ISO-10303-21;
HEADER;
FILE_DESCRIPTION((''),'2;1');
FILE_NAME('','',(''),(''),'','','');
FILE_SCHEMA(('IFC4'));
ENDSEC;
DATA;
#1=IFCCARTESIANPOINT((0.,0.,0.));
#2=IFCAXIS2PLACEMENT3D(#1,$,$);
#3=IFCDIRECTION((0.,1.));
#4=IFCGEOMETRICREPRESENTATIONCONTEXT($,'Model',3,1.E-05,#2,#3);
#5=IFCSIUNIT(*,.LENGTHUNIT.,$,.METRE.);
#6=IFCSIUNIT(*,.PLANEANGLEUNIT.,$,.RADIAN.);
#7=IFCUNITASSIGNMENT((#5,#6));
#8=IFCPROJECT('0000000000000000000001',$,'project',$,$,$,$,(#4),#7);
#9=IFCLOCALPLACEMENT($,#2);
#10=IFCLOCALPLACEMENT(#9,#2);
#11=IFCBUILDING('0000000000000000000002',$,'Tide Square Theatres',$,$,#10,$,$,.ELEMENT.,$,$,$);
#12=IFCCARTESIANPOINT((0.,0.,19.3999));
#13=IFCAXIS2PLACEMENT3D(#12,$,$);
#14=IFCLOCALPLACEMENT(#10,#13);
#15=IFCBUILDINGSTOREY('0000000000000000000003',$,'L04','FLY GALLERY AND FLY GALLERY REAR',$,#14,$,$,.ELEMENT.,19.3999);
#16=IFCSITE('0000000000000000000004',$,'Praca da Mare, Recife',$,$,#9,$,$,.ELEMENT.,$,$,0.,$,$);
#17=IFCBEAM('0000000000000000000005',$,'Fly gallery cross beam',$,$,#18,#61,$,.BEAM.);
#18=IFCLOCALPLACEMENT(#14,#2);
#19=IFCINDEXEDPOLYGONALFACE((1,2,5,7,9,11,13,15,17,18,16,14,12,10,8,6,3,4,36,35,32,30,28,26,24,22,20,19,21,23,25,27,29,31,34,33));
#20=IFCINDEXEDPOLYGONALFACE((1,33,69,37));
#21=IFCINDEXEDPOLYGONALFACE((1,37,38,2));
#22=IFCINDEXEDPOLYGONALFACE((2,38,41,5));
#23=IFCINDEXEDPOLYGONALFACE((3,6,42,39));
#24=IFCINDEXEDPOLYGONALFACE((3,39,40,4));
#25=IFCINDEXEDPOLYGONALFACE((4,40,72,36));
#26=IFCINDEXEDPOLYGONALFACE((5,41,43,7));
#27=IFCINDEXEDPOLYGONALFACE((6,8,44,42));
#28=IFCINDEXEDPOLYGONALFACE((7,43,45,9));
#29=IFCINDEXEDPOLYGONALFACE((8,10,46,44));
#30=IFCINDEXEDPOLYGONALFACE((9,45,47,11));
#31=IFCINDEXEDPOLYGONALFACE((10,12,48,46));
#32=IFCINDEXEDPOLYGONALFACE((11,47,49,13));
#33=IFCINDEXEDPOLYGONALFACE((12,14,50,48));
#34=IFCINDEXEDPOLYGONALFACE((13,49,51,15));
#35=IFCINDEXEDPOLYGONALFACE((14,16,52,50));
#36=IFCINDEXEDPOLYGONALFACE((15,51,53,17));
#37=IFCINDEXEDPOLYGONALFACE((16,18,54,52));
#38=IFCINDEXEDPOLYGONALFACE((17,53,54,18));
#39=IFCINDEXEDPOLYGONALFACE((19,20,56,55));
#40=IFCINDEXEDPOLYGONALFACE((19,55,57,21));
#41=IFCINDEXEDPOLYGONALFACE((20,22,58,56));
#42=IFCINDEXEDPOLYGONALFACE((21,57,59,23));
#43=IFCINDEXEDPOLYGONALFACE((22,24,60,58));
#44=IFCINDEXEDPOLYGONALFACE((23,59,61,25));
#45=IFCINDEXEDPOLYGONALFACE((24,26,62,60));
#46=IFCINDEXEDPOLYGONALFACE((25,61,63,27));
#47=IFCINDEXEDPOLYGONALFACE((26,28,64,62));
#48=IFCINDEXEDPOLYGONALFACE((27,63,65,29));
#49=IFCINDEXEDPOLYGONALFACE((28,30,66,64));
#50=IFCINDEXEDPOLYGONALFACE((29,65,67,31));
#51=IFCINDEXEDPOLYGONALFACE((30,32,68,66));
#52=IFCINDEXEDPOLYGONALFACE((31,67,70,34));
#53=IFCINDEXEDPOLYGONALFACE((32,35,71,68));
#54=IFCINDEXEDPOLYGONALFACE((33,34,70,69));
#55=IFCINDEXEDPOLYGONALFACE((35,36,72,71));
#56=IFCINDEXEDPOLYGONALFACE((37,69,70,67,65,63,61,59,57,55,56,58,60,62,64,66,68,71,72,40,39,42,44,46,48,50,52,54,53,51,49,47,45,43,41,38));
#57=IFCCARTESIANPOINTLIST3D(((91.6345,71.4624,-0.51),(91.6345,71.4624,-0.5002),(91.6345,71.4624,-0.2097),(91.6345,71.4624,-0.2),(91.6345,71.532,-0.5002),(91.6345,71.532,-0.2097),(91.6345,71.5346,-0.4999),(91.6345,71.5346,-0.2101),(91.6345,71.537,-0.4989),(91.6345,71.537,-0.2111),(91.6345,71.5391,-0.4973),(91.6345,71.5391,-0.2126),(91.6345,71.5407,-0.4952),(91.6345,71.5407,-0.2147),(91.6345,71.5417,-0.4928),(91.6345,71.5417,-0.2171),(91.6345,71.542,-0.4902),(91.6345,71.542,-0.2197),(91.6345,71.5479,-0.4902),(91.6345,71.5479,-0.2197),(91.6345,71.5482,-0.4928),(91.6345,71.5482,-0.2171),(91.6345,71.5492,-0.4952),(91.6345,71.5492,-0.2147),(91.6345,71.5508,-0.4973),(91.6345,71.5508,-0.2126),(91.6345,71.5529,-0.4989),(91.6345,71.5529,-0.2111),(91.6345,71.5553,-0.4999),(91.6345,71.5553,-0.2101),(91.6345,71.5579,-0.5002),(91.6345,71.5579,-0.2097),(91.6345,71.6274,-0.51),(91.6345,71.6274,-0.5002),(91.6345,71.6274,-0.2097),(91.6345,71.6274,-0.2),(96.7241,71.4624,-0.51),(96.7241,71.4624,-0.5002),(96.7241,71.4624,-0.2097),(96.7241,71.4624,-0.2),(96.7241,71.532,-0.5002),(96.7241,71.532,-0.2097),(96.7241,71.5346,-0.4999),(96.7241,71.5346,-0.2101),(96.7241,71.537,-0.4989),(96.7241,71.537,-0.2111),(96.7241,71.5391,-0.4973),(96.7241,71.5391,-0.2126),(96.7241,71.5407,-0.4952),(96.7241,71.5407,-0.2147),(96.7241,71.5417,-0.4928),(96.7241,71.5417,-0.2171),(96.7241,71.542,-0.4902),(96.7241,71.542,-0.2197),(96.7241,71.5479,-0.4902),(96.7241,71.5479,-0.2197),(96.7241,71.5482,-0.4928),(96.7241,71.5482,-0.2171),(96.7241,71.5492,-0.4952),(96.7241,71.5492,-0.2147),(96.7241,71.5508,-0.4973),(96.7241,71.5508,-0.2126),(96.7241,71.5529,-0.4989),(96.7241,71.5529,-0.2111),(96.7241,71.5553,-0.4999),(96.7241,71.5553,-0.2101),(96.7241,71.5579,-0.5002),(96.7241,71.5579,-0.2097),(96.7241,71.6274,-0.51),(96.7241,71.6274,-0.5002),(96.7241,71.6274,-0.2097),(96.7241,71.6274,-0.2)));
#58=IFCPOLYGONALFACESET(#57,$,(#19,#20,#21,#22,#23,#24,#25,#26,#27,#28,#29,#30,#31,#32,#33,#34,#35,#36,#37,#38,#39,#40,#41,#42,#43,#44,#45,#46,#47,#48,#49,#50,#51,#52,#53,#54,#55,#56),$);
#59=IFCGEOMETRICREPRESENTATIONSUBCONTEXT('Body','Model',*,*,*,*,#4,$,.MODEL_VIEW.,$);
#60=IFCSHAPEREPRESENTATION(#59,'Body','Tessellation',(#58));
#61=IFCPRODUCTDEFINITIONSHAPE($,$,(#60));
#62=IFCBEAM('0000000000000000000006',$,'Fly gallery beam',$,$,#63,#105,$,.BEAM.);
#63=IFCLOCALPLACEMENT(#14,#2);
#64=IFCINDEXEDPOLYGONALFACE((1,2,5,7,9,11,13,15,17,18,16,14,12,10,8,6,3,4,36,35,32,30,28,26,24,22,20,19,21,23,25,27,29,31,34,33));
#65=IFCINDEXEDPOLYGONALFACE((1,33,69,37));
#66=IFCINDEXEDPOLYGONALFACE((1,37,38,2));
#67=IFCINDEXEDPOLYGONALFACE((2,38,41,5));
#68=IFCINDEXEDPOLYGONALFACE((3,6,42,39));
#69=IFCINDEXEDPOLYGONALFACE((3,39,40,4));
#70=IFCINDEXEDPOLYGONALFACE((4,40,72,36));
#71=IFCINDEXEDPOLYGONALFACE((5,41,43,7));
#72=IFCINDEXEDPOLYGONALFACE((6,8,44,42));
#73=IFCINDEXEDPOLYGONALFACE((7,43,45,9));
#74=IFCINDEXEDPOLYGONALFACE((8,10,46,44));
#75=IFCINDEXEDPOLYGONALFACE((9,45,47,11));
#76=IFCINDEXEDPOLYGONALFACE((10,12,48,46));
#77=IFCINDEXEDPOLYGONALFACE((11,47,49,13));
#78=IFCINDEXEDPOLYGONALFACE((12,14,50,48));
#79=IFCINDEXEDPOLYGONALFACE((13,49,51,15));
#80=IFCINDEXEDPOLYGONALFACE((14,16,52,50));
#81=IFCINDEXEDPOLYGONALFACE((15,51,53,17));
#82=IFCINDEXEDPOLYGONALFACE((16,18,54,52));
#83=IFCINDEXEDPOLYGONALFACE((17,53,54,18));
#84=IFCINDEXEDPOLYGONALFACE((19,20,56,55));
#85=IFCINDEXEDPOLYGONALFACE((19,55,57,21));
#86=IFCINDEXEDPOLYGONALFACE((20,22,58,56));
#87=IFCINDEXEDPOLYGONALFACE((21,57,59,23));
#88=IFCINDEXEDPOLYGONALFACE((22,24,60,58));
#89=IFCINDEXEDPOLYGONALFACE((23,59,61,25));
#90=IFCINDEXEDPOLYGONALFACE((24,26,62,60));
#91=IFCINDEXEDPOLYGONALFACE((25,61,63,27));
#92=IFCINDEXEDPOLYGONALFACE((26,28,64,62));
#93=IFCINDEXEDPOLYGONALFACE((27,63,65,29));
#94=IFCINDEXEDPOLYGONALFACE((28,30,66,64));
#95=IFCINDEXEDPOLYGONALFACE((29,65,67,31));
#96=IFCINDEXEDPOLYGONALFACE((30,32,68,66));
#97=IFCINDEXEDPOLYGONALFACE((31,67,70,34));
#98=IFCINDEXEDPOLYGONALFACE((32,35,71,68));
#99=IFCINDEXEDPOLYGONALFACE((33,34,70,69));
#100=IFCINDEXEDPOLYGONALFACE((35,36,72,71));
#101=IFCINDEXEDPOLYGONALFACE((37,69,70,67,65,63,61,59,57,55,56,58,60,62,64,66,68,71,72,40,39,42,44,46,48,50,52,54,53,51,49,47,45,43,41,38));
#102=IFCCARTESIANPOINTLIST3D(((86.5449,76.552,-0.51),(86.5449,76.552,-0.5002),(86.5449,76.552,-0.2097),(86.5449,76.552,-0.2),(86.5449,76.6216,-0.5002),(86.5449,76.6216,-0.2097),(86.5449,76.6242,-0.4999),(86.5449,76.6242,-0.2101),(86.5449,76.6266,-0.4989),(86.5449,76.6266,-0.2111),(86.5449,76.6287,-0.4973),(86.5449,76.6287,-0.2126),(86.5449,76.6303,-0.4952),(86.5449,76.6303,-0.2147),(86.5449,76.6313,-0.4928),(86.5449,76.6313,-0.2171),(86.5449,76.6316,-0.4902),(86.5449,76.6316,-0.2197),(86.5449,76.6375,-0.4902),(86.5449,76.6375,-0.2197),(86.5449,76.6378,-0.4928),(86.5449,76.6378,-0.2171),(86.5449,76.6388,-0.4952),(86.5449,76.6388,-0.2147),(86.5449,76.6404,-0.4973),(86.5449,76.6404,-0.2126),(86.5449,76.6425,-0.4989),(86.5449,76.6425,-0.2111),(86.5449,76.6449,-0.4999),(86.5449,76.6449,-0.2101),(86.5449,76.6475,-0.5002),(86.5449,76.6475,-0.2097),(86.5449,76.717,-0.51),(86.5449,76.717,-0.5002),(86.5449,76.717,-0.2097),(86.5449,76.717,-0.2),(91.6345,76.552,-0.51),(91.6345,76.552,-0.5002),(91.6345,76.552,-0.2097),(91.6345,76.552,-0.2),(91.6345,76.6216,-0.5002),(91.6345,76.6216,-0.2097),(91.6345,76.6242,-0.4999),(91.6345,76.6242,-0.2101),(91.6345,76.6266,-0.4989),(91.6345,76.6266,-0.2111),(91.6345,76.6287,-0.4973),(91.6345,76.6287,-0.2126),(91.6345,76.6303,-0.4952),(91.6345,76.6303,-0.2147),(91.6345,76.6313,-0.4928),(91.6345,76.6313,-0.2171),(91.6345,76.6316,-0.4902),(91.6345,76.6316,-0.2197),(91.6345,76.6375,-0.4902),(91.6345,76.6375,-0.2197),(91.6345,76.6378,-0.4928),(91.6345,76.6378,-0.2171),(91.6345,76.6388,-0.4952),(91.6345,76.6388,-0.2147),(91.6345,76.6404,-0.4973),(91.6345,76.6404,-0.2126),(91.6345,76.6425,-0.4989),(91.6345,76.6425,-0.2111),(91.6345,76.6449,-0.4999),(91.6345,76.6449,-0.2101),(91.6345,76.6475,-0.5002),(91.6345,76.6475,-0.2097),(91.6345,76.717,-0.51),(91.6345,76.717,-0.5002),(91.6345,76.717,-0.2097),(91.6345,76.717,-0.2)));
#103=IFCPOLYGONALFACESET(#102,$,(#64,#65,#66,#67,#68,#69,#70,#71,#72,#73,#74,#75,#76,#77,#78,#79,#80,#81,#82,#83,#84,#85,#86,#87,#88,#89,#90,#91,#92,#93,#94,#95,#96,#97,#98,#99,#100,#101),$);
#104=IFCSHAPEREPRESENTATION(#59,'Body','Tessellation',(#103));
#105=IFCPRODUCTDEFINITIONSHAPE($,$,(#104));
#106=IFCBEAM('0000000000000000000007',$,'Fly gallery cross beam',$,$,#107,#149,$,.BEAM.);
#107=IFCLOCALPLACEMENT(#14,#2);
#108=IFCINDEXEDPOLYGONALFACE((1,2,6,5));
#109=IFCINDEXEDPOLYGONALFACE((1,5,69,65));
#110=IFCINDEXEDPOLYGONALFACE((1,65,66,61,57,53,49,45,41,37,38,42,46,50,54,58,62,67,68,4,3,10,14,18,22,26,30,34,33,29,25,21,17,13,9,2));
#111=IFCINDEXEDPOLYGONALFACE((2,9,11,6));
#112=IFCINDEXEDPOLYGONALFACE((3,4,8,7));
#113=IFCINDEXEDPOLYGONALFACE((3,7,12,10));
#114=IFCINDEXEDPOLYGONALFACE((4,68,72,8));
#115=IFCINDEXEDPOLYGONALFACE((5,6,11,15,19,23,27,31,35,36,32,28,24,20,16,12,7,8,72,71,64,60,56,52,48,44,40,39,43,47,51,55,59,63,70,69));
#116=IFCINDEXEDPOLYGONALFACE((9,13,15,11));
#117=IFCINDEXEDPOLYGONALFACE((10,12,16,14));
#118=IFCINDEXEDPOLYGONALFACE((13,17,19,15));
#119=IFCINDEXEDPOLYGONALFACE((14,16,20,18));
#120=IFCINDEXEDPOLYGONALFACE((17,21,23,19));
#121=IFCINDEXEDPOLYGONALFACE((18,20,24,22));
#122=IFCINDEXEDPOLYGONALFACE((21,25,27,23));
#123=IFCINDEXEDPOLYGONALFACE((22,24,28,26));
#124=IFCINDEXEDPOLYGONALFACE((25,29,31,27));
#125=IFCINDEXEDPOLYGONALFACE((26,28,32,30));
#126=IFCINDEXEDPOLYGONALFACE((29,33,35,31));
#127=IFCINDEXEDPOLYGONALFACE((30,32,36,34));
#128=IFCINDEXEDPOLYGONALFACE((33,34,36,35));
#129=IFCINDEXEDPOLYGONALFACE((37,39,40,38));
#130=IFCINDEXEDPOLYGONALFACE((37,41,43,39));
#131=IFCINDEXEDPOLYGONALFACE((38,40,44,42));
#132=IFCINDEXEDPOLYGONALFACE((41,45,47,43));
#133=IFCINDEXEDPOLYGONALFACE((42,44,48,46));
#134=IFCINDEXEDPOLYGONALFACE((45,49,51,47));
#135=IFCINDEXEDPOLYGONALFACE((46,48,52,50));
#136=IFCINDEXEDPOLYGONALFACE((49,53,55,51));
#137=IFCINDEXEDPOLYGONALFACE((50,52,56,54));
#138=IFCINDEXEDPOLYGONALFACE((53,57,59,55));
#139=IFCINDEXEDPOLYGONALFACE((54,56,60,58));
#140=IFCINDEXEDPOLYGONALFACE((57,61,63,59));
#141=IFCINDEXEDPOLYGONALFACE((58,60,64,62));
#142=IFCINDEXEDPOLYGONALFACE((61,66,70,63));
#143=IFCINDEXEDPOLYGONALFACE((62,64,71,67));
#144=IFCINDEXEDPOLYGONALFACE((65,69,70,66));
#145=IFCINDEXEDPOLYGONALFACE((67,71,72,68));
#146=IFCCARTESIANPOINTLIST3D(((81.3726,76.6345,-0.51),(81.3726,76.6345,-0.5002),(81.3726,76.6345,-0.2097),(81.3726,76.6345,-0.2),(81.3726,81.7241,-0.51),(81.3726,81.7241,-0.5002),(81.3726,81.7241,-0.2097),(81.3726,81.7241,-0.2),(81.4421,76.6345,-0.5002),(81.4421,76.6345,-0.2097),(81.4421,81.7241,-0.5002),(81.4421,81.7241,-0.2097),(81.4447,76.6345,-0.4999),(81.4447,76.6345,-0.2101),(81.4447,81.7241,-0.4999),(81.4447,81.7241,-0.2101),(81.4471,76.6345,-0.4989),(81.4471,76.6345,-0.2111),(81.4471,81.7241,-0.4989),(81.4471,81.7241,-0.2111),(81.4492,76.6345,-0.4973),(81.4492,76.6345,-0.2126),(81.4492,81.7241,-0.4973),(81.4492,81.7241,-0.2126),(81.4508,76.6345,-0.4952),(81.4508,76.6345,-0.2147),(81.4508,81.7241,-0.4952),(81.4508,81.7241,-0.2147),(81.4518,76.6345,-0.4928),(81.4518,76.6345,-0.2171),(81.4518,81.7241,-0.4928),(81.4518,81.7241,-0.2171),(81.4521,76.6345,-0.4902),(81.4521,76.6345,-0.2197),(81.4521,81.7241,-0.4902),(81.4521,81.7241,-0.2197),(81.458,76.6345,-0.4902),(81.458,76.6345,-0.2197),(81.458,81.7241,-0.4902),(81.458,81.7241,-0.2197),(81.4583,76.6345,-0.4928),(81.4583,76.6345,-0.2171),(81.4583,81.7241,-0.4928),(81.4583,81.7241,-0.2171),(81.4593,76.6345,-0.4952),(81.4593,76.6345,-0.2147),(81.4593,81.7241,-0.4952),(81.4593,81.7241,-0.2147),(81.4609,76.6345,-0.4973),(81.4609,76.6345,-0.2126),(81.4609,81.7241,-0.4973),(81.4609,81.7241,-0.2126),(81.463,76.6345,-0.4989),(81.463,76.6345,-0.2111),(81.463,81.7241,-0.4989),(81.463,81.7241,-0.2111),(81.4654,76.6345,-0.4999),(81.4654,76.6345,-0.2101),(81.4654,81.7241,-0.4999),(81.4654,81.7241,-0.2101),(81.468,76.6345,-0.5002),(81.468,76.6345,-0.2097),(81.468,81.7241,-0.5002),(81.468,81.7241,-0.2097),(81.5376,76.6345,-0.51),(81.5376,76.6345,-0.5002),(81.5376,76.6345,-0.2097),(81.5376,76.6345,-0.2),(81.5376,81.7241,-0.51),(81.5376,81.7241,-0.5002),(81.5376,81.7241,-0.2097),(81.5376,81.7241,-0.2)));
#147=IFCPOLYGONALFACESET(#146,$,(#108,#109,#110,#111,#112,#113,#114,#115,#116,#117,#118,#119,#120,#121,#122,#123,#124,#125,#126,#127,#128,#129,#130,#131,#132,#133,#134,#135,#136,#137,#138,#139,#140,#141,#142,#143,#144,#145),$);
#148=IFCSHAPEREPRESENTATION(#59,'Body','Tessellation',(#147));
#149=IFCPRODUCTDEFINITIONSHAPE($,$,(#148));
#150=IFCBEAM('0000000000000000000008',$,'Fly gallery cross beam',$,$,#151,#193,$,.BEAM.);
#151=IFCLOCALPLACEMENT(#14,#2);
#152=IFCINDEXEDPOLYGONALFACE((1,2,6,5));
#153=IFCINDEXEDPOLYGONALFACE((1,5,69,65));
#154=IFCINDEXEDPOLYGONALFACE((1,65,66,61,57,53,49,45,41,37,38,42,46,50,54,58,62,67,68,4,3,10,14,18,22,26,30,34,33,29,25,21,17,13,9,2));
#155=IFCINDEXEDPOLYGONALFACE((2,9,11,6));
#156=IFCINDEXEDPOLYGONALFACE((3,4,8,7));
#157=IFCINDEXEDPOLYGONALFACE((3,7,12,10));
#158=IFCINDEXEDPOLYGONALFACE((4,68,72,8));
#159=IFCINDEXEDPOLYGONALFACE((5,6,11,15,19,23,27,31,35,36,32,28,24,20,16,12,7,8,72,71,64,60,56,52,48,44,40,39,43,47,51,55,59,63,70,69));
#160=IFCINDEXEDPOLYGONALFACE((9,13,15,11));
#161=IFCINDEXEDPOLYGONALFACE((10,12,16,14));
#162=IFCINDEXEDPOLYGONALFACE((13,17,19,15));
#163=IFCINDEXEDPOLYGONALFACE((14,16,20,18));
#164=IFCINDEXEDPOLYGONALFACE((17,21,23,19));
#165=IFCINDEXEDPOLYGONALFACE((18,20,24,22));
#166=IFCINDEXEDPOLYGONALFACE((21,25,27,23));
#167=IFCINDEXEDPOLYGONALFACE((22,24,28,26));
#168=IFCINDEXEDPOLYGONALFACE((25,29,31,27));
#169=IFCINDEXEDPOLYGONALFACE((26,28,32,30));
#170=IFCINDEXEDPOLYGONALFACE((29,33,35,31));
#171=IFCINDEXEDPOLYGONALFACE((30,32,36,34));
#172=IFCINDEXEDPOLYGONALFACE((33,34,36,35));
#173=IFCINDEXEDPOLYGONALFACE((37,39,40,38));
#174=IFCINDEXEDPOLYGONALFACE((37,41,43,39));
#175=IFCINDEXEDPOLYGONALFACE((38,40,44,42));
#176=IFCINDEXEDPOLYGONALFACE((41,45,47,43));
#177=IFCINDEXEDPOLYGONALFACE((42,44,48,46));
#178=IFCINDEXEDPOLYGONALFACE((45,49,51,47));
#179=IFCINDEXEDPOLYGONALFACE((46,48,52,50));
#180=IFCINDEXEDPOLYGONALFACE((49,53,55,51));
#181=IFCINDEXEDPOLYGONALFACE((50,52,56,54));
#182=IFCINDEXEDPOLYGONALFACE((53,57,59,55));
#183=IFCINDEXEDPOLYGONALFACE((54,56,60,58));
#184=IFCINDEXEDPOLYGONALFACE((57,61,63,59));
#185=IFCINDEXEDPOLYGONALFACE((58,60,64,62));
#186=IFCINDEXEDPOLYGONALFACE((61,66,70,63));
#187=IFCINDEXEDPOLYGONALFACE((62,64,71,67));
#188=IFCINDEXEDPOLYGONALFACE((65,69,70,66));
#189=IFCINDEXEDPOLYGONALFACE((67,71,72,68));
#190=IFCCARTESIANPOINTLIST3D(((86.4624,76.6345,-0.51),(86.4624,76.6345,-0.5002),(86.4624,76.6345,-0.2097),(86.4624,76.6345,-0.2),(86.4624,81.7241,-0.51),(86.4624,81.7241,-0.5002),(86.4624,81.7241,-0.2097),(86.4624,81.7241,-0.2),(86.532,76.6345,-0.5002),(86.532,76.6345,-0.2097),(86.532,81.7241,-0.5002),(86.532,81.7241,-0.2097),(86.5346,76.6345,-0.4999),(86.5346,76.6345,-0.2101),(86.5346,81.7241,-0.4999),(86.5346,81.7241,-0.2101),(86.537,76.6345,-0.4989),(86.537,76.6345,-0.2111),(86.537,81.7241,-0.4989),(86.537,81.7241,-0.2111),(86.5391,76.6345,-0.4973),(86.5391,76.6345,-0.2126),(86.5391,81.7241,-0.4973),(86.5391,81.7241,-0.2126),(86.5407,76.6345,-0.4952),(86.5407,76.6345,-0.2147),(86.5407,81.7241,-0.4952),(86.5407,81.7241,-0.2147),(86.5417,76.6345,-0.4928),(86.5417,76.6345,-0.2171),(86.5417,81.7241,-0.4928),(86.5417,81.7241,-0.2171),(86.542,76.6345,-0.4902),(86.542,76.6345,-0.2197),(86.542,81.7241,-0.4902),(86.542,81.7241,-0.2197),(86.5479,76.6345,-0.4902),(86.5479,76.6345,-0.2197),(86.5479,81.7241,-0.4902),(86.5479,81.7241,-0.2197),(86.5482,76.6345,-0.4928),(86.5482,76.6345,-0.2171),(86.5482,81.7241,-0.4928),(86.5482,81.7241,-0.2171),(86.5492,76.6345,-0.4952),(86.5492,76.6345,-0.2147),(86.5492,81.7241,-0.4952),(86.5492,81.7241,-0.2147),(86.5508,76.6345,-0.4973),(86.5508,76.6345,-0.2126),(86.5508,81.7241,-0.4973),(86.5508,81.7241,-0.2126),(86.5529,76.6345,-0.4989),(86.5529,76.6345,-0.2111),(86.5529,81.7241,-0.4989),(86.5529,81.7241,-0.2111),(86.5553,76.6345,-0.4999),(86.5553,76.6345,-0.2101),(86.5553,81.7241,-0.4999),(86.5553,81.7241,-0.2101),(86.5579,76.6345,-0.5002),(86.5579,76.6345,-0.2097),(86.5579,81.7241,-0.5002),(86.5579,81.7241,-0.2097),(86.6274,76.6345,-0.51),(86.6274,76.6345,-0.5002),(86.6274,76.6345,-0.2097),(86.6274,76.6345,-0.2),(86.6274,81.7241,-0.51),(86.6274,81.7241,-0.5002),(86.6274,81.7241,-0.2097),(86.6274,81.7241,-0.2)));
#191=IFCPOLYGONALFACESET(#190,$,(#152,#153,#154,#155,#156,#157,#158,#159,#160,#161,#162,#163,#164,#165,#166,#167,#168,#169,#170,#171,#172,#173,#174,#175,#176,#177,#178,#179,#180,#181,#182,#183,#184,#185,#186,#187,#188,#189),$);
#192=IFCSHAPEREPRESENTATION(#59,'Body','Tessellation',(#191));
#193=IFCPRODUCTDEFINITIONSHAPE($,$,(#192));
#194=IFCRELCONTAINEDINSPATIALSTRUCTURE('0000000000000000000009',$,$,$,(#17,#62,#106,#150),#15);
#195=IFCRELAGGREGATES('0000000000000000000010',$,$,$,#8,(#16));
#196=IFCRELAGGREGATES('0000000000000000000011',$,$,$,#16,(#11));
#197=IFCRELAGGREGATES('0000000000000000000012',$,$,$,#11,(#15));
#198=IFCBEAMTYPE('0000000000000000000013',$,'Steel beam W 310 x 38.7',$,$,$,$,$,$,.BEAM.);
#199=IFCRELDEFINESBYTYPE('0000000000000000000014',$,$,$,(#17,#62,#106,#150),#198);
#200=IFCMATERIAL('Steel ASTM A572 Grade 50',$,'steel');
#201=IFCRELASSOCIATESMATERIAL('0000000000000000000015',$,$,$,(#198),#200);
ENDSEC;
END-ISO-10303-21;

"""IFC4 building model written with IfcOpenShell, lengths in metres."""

from ifc_helpers import new_model, si_unit, direction, frame, origin, origin_2d, place, context, subcontext, project, spatial, i_section, extrude, material, material_profile, profile_set, type_object, element, save


model = new_model("IFC4")

# Units and contexts
model_context = context("Model", 3, precision=1e-05, world=origin(), true_north=direction((0.0, 1.0)))
body_context = subcontext(model_context, "Body", "Model", "MODEL_VIEW")
ifc_project = project(units=[si_unit("LENGTHUNIT", "METRE"), si_unit("PLANEANGLEUNIT", "RADIAN")], contexts=[model_context])

# Site, building, storey
site_placement = place(None, origin())
site = spatial("IfcSite", under=ifc_project, at=site_placement, Name="Praca da Mare, Recife", CompositionType="ELEMENT", RefElevation=0.0)
building_placement = place(site_placement, origin())
building = spatial("IfcBuilding", under=site, at=building_placement, Name="Tide Square Theatres", CompositionType="ELEMENT")
storey_placement = place(building_placement, frame((0.0, 0.0, 19.3999)))
storey = spatial("IfcBuildingStorey", under=building, at=storey_placement, Name="L04", Description="FLY GALLERY AND FLY GALLERY REAR", CompositionType="ELEMENT", Elevation=19.3999)

# Beams
ifc_material_1 = material(Name="Steel ASTM A572 Grade 50", Category="steel")
ifc_material_profile_1 = material_profile(ifc_material_1, i_section(OverallWidth=0.165, OverallDepth=0.3101, WebThickness=0.0059, FlangeThickness=0.0098, FilletRadius=0.01, at=origin_2d()))
ifc_profile_set_1 = profile_set([ifc_material_profile_1], Name="Steel ASTM A572 Grade 50")
beam_type = type_object("IfcBeamType", Name="Steel beam W 310 x 38.7", PredefinedType="BEAM", material=ifc_profile_set_1)
for number, where, z_axis, x_axis, name in (
    (1, (91.6345, 71.5449, -0.355), (1.0, 0.0, 0.0), (0.0, 1.0, 0.0), "Fly gallery cross beam"),
    (2, (86.5449, 76.6345, -0.355), (1.0, 0.0, 0.0), (0.0, 1.0, 0.0), "Fly gallery beam"),
    (3, (81.4551, 76.6345, -0.355), (0.0, 1.0, 0.0), (-1.0, 0.0, 0.0), "Fly gallery cross beam"),
    (4, (86.5449, 76.6345, -0.355), (0.0, 1.0, 0.0), (-1.0, 0.0, 0.0), "Fly gallery cross beam"),
):
    element("IfcBeam", number, at=place(storey_placement, frame(where, z_axis=z_axis, x_axis=x_axis)), inside=storey, type_object=beam_type, Name=name, PredefinedType="BEAM", context=body_context, shape_type="SweptSolid", body=[
        extrude(i_section(OverallWidth=0.165, OverallDepth=0.3101, WebThickness=0.0059, FlangeThickness=0.0098, FilletRadius=0.01, at=origin_2d()), origin(), (0.0, 0.0, 1.0), 5.0896),
    ])

save(model, "model.ifc")
